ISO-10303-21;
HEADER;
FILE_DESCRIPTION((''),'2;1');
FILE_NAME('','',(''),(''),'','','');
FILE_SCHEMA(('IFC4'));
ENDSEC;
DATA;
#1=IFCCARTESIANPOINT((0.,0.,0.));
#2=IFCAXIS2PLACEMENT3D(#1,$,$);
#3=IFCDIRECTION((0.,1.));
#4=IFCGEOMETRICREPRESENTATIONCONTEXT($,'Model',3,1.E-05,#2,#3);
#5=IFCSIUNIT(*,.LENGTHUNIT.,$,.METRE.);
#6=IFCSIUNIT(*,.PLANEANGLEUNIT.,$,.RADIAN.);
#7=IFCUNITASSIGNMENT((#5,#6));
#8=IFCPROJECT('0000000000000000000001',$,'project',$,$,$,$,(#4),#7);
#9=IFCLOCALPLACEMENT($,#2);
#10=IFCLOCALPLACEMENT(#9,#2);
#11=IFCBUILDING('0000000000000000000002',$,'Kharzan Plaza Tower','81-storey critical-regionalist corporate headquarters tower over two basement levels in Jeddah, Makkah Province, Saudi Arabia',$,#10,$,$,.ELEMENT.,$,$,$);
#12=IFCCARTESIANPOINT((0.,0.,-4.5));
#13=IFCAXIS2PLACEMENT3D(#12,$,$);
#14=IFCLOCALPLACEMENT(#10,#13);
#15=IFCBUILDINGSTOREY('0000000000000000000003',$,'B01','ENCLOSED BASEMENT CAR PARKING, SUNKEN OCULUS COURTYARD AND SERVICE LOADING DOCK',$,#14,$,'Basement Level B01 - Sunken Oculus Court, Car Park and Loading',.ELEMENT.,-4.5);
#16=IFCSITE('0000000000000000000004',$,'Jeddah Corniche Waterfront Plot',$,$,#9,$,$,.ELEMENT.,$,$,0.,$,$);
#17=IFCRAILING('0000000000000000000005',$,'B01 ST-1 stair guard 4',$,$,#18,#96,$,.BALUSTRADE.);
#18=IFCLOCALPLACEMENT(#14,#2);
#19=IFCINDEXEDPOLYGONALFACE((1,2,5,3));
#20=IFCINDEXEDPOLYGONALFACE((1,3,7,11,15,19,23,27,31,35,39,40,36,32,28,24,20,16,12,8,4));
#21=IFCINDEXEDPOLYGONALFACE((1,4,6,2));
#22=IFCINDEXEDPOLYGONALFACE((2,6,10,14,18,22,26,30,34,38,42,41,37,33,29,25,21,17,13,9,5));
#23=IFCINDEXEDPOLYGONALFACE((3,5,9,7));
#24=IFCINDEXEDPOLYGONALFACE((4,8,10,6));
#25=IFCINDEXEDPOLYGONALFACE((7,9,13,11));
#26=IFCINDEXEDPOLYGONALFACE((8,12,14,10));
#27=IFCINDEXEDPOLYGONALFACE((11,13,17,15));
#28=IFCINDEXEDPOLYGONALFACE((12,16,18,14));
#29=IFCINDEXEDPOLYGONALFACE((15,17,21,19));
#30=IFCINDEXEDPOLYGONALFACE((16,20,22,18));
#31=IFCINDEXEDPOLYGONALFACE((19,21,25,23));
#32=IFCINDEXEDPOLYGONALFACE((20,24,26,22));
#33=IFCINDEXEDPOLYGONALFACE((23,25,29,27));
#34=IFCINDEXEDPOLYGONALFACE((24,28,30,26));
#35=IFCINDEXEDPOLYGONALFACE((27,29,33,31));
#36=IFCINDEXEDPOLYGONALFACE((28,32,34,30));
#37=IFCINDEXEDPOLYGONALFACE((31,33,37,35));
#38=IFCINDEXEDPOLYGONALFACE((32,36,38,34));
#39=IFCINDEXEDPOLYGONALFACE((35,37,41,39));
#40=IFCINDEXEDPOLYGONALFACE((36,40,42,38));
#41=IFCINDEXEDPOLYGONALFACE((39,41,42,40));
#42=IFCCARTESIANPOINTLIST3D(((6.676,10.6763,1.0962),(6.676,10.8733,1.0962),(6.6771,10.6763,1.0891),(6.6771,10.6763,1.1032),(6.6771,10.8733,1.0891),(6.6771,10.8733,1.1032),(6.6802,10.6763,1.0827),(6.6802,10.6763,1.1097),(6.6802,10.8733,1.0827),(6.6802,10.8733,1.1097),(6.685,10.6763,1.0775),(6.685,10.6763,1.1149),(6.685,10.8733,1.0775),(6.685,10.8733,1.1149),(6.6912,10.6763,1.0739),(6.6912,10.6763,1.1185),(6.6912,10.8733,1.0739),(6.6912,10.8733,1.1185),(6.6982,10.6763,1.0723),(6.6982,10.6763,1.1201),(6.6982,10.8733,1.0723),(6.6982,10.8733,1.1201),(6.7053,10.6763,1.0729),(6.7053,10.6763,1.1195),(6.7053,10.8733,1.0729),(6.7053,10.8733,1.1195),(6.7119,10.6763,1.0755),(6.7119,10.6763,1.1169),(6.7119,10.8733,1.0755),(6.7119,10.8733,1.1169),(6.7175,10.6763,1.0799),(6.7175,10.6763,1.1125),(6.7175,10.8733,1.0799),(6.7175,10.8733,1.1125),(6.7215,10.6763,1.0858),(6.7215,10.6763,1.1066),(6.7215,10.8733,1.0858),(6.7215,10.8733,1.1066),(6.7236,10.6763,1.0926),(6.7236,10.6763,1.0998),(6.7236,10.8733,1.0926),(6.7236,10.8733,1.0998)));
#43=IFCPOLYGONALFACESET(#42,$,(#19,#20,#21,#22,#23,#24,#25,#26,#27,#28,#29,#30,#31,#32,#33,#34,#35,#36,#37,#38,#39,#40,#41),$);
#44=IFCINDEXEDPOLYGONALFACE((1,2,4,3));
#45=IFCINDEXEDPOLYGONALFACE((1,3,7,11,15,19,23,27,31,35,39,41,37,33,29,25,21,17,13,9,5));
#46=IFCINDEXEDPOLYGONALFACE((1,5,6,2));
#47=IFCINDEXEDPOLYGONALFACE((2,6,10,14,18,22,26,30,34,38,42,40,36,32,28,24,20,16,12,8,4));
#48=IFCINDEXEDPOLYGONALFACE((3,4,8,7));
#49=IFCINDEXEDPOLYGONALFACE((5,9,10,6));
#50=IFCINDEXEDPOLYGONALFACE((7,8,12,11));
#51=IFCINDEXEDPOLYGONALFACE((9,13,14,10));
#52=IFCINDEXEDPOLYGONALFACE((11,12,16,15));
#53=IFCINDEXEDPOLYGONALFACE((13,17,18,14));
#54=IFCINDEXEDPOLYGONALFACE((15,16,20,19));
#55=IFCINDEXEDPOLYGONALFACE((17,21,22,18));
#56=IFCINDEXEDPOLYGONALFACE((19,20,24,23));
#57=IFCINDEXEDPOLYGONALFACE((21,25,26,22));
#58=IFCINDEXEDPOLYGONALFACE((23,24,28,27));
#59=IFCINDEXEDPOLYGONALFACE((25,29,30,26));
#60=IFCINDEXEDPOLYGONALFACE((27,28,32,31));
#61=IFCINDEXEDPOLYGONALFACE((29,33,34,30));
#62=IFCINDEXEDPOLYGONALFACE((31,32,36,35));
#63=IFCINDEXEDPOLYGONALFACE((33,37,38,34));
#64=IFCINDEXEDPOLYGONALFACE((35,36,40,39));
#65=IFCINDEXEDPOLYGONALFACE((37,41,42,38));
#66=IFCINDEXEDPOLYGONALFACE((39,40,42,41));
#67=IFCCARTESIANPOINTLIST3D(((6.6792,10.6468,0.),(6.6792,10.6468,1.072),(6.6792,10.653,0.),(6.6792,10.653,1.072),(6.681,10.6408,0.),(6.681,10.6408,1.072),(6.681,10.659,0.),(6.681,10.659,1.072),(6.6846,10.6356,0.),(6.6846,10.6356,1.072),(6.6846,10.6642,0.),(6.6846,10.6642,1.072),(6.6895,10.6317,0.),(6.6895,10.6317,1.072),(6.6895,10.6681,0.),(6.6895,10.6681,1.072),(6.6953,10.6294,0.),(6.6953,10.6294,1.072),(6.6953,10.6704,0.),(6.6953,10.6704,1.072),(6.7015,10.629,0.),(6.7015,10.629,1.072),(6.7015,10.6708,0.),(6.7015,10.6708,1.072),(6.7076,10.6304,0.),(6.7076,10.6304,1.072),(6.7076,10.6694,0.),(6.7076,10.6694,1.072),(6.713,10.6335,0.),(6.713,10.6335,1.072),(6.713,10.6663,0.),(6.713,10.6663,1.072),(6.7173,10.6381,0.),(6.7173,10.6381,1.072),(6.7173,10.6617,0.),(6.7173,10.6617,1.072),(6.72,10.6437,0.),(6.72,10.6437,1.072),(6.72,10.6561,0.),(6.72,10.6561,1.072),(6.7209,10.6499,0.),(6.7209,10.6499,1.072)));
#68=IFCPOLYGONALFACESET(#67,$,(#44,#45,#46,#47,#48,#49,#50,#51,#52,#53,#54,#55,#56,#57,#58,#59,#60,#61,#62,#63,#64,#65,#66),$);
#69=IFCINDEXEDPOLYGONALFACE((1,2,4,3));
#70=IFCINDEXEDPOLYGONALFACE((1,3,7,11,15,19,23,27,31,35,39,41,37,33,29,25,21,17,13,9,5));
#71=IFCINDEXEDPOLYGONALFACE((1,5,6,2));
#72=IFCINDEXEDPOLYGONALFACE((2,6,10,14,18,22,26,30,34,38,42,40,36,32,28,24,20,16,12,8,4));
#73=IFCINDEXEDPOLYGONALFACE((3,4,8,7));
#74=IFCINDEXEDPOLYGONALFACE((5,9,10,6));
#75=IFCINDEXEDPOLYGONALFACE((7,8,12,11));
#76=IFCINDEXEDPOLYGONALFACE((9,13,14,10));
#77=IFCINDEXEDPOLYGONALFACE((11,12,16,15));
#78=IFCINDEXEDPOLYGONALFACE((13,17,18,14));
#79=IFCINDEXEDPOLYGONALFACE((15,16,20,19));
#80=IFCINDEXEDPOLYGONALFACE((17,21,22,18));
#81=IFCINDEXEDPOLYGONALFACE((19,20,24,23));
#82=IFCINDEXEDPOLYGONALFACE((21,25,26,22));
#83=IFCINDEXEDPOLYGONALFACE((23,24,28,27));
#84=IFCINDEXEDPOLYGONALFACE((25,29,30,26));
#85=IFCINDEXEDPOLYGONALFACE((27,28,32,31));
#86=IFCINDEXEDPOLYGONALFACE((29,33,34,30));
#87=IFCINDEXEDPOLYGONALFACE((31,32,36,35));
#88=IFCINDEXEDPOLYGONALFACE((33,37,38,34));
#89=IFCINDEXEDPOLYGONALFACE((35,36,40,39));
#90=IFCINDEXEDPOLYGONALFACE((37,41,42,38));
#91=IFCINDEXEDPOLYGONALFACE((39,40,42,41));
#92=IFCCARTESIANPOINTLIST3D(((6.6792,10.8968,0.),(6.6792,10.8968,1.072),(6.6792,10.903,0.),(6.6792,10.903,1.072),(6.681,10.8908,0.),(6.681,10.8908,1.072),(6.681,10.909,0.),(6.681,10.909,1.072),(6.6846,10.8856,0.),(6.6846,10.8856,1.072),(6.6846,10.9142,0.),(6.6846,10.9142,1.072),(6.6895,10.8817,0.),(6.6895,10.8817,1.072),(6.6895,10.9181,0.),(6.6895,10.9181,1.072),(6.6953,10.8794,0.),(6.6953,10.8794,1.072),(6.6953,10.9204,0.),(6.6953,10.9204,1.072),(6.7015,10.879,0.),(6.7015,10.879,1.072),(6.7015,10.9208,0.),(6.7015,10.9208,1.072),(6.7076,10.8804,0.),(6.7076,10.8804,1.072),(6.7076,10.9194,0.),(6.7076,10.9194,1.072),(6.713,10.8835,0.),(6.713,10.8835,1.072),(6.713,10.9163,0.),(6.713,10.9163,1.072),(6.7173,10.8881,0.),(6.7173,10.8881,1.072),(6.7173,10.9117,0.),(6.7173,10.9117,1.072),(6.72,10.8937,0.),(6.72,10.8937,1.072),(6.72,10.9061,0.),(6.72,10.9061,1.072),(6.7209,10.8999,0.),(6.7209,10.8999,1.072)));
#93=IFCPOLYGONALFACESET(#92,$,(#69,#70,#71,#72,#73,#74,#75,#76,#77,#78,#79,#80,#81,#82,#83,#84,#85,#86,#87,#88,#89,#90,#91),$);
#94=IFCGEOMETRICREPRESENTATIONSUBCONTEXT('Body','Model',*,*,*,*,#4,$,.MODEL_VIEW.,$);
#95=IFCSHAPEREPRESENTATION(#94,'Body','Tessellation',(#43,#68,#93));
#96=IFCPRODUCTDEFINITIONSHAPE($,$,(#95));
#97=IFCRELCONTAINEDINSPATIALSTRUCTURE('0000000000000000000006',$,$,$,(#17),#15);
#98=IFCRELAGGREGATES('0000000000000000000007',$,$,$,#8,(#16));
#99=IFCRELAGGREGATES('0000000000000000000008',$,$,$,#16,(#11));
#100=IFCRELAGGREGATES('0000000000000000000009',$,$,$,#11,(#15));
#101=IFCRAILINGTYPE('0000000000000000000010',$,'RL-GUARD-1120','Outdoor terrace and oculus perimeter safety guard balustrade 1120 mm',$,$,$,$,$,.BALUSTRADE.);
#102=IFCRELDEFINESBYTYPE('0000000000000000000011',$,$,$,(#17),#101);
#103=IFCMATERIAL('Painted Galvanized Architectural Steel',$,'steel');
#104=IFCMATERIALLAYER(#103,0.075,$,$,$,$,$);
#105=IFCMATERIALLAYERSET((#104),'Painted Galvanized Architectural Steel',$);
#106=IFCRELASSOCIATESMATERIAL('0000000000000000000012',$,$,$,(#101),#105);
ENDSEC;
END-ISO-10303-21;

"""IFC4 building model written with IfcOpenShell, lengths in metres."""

from ifc_helpers import new_model, si_unit, direction, frame, origin, origin_2d, place, context, subcontext, project, spatial, circle, extrude, source, transform, mapped, material, layer, layer_set, type_object, element, save


model = new_model("IFC4")

# Units and contexts
model_context = context("Model", 3, precision=1e-05, world=origin(), true_north=direction((0.0, 1.0)))
body_context = subcontext(model_context, "Body", "Model", "MODEL_VIEW")
ifc_project = project(units=[si_unit("LENGTHUNIT", "METRE"), si_unit("PLANEANGLEUNIT", "RADIAN")], contexts=[model_context])

# Site, building, storey
site_placement = place(None, origin())
site = spatial("IfcSite", under=ifc_project, at=site_placement, Name="Jeddah Corniche Waterfront Plot", CompositionType="ELEMENT", RefElevation=0.0)
building_placement = place(site_placement, origin())
building = spatial("IfcBuilding", under=site, at=building_placement, Name="Kharzan Plaza Tower", Description="81-storey critical-regionalist corporate headquarters tower over two basement levels in Jeddah, Makkah Province, Saudi Arabia", CompositionType="ELEMENT")
storey_placement = place(building_placement, frame((0.0, 0.0, -4.5)))
storey = spatial("IfcBuildingStorey", under=building, at=storey_placement, Name="B01", Description="ENCLOSED BASEMENT CAR PARKING, SUNKEN OCULUS COURTYARD AND SERVICE LOADING DOCK", LongName="Basement Level B01 - Sunken Oculus Court, Car Park and Loading", CompositionType="ELEMENT", Elevation=-4.5)

# Railing
ifc_material_1 = material(Name="Painted Galvanized Architectural Steel", Category="steel")
ifc_layer_1 = layer(ifc_material_1, 0.075)
ifc_layer_set_1 = layer_set([ifc_layer_1], Name="Painted Galvanized Architectural Steel")
railing_type_1 = type_object("IfcRailingType", Name="RL-GUARD-1120", Description="Outdoor terrace and oculus perimeter safety guard balustrade 1120 mm", PredefinedType="BALUSTRADE", material=ifc_layer_set_1)
shared_shape_1 = source(origin(), body_context, "Body", "SweptSolid", [
    extrude(circle(Radius=0.0239, at=origin_2d()), frame((0.0, 0.0264, 1.0962), z_axis=(0.0, 1.0, 0.0), x_axis=(-1.0, 0.0, 0.0)), (0.0, 0.0, 1.0), 0.197),
    extrude(circle(Radius=0.021, at=origin_2d()), origin(), (0.0, 0.0, 1.0), 1.072),
    extrude(circle(Radius=0.021, at=origin_2d()), frame((0.0, 0.25, 0.0)), (0.0, 0.0, 1.0), 1.072),
])
railing_1_placement = place(storey_placement, frame((6.7, 10.6499, 0.0)))
element("IfcRailing", 1, at=railing_1_placement, inside=storey, type_object=railing_type_1, Name="B01 ST-1 stair guard 4", PredefinedType="BALUSTRADE", context=body_context, shape_type="MappedRepresentation", body=[
    mapped(shared_shape_1, transform((0.0, 0.0, 0.0), x_axis=(1.0, 0.0, 0.0), y_axis=(0.0, 1.0, 0.0), z_axis=(0.0, 0.0, 1.0))),
])

save(model, "model.ifc")
